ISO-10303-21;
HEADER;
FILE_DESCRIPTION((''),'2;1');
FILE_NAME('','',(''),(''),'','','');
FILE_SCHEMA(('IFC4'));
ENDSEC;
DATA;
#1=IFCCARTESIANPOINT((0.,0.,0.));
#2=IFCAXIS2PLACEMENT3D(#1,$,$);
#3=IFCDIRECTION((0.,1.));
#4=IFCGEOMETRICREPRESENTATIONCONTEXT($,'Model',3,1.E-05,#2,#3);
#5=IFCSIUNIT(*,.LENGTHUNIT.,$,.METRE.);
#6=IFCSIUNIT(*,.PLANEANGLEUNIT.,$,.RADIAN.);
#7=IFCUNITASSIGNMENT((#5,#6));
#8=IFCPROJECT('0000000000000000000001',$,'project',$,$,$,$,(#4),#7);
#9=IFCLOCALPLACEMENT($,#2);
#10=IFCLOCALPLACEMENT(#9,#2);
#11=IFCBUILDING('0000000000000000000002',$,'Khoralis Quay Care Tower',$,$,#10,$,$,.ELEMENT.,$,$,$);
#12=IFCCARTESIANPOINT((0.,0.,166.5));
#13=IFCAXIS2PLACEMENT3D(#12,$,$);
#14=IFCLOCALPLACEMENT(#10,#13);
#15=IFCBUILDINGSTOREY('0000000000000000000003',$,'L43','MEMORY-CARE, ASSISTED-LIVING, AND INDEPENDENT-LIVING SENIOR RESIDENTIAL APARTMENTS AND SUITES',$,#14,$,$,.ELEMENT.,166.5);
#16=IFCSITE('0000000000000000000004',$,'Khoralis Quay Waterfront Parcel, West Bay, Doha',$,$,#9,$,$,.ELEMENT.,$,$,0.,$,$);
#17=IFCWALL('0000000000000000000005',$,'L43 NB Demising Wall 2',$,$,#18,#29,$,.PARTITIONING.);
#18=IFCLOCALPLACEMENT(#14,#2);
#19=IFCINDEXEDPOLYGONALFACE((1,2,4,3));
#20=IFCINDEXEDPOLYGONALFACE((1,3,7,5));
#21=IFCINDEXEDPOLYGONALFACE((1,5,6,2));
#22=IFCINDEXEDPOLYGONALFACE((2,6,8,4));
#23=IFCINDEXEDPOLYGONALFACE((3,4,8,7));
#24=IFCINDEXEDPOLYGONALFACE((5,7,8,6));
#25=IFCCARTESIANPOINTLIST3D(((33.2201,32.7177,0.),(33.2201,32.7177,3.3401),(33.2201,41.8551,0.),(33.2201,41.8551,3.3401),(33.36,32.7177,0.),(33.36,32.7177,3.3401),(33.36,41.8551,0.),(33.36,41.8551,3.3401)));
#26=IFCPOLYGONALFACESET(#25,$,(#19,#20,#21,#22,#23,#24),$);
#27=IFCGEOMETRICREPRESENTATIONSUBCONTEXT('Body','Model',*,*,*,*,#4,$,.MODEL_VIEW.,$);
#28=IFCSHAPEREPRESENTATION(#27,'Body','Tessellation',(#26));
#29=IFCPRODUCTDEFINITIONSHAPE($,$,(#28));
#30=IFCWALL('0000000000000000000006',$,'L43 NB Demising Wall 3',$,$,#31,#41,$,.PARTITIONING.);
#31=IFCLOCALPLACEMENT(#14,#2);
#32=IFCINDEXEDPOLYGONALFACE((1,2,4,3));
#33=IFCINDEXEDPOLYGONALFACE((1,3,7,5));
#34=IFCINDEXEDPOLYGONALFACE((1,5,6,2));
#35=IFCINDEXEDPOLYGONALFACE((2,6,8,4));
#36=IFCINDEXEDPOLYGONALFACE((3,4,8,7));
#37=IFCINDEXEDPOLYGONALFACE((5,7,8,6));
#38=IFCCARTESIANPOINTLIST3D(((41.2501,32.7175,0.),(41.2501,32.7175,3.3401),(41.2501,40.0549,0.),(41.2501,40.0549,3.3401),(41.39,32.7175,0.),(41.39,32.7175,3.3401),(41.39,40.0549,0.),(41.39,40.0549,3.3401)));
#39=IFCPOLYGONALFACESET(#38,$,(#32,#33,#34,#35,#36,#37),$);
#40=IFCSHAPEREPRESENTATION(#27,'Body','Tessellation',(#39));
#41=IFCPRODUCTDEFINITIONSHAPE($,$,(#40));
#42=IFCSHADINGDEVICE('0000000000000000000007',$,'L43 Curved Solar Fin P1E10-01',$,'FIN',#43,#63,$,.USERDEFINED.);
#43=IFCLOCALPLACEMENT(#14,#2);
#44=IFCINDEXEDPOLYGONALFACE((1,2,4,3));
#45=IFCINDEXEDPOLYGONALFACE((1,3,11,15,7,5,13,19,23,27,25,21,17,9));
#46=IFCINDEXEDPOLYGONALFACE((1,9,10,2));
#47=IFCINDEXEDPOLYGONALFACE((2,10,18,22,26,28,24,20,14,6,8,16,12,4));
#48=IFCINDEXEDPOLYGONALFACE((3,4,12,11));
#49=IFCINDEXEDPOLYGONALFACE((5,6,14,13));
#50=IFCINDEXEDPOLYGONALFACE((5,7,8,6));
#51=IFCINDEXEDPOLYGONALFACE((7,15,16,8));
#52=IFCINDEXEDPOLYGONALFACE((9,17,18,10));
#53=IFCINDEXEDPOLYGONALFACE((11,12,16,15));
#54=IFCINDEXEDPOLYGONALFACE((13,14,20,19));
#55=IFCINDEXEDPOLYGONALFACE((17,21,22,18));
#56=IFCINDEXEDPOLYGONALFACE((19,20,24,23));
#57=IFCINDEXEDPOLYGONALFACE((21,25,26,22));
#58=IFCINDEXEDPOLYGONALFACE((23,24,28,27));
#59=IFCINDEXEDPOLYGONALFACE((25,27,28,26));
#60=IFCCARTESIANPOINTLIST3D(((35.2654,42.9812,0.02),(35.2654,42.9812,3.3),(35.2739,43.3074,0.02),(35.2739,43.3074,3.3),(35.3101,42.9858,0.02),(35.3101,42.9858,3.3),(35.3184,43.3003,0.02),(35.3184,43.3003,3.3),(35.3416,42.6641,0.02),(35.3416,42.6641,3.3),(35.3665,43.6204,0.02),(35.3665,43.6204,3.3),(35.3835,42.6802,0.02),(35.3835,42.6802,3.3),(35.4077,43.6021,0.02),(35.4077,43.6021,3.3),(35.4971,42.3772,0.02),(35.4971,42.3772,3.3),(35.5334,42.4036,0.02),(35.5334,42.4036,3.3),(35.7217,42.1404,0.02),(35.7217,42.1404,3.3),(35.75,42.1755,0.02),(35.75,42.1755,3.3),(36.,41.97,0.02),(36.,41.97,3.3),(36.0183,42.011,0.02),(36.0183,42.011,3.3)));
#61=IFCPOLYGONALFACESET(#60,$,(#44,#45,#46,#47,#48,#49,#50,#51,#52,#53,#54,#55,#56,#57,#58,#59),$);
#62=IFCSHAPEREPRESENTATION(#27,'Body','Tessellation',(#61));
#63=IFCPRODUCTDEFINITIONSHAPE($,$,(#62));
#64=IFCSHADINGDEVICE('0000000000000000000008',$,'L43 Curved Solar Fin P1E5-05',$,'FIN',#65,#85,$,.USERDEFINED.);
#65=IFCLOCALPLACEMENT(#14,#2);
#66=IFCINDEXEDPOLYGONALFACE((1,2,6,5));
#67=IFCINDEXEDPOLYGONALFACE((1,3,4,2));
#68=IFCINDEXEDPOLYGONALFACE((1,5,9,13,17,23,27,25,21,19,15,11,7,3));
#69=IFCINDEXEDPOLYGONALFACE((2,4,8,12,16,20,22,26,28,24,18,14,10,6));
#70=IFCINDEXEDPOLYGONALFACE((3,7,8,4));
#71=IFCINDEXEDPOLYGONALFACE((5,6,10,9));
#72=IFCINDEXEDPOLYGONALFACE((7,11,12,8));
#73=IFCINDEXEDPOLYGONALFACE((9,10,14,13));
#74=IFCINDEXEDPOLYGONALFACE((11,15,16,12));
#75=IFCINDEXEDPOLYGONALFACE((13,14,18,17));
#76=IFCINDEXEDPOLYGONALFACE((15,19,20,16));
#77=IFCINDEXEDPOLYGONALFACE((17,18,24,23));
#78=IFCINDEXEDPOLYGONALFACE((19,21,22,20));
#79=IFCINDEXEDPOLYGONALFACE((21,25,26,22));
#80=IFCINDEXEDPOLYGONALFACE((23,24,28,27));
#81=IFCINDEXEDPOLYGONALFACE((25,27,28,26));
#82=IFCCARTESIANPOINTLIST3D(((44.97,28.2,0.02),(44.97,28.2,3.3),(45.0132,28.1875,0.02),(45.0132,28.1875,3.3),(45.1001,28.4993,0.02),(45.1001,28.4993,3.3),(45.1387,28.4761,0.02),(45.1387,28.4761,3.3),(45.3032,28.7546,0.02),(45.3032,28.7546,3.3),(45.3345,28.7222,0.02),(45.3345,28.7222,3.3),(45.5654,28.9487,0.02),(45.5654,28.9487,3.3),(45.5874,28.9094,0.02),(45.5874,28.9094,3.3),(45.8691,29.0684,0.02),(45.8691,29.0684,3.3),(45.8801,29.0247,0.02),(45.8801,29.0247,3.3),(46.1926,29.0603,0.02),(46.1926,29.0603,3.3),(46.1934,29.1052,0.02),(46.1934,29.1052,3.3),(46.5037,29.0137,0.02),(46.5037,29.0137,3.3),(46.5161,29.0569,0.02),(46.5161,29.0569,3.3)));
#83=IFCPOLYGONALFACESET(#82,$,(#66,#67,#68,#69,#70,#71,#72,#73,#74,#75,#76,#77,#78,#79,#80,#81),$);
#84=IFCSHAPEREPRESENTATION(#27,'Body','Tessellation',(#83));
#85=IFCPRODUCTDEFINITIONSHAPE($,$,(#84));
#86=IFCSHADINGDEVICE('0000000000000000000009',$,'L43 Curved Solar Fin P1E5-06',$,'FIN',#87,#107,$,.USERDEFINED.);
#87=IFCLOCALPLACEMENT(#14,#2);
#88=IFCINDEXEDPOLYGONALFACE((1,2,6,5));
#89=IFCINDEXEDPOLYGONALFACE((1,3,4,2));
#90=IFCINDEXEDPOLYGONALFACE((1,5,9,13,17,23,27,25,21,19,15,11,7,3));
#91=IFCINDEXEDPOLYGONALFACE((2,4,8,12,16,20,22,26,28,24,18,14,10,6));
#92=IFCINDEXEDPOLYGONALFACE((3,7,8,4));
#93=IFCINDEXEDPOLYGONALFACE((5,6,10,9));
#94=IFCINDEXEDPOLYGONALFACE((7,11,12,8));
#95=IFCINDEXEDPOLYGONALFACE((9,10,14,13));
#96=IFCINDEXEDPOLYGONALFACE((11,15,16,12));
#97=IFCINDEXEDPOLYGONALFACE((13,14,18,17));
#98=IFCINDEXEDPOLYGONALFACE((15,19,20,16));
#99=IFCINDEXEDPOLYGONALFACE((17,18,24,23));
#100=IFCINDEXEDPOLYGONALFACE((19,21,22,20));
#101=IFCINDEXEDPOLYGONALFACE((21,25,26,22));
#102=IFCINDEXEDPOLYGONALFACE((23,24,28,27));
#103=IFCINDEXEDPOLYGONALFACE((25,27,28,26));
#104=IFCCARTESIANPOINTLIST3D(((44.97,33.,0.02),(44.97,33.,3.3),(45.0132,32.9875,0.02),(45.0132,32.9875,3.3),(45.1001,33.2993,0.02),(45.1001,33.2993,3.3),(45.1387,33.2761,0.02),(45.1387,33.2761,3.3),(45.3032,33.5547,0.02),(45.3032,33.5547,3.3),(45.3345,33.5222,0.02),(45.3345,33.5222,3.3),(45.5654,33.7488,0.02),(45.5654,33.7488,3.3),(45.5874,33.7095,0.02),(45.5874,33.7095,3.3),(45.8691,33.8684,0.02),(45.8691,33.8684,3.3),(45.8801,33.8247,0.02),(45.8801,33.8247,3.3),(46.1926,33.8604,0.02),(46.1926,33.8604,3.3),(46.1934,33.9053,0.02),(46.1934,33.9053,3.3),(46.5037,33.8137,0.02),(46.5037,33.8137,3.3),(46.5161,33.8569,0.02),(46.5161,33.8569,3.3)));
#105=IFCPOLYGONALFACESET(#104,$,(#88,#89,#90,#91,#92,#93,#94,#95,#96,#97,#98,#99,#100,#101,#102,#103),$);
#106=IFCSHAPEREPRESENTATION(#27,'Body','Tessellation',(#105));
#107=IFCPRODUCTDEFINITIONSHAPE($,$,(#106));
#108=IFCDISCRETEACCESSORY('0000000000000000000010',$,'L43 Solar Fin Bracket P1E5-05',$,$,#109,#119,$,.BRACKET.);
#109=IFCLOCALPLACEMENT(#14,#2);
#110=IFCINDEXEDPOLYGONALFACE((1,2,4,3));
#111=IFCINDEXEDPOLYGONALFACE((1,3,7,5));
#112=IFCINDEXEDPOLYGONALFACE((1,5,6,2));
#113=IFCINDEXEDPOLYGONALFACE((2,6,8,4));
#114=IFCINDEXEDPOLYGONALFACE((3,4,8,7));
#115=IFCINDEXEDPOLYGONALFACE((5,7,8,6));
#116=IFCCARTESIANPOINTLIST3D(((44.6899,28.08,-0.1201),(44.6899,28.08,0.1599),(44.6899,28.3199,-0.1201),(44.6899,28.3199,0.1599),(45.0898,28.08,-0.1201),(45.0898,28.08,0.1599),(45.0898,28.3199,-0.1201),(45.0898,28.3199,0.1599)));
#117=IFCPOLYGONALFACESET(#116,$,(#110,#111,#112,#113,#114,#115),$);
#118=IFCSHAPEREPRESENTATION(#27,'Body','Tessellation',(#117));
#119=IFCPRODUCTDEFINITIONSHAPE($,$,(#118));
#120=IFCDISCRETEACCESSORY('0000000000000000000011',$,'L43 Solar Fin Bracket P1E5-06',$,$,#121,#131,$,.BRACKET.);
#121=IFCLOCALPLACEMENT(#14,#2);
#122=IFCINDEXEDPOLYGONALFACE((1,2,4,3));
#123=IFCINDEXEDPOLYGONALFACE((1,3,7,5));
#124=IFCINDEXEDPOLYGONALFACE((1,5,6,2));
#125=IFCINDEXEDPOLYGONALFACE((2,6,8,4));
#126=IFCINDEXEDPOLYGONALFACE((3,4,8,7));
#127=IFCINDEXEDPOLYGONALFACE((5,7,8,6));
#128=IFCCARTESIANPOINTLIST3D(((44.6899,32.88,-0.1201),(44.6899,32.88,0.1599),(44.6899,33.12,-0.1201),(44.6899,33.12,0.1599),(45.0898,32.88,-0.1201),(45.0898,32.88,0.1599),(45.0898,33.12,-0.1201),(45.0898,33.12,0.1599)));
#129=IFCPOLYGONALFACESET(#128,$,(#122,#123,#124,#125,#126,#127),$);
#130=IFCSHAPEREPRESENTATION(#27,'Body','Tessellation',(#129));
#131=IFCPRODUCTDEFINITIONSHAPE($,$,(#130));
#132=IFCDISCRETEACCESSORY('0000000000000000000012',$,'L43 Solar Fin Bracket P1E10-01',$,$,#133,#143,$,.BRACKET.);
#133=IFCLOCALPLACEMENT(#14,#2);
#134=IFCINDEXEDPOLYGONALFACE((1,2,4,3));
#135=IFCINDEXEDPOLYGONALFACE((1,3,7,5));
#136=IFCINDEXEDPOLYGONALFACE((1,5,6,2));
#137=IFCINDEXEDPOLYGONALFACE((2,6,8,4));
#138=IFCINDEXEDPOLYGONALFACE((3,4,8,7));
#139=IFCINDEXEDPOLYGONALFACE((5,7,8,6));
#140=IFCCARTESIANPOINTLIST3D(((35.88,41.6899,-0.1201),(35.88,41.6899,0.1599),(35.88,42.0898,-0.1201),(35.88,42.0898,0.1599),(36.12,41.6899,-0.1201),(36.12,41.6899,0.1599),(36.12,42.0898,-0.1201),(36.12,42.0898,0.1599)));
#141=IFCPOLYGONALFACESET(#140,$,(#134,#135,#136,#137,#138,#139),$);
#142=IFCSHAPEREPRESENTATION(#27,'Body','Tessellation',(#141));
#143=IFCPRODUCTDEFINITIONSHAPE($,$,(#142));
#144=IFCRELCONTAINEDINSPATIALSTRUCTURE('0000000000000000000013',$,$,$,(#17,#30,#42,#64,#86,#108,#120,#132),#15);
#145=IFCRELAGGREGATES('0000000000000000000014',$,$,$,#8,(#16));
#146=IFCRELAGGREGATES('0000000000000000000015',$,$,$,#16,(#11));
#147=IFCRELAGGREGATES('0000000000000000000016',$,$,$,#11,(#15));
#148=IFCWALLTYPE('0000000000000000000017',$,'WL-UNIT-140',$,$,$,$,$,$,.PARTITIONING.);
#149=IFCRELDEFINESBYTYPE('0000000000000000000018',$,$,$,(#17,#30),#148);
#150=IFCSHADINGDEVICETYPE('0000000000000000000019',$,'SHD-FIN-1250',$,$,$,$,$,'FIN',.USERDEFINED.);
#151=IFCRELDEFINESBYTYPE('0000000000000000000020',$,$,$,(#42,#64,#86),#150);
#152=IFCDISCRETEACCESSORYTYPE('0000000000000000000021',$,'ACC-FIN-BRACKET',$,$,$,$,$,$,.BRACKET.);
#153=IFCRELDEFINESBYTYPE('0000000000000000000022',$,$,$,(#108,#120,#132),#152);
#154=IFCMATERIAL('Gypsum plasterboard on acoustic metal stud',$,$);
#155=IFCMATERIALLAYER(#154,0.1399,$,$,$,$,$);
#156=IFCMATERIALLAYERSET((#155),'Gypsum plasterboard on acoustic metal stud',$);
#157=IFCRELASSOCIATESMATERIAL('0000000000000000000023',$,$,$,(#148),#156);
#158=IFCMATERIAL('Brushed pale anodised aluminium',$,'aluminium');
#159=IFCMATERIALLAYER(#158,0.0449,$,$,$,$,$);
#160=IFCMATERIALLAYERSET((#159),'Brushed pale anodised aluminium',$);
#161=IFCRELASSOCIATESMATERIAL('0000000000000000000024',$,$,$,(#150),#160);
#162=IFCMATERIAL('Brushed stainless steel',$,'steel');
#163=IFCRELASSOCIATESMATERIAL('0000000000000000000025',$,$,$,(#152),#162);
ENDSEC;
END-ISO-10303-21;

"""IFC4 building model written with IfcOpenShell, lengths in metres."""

from ifc_helpers import new_model, si_unit, direction, frame, frame_2d, origin, origin_2d, place, context, subcontext, project, spatial, polyline, rectangle, outline, extrude, source, transform, mapped, material, layer, layer_set, type_object, element, save


model = new_model("IFC4")

# Units and contexts
model_context = context("Model", 3, precision=1e-05, world=origin(), true_north=direction((0.0, 1.0)))
body_context = subcontext(model_context, "Body", "Model", "MODEL_VIEW")
ifc_project = project(units=[si_unit("LENGTHUNIT", "METRE"), si_unit("PLANEANGLEUNIT", "RADIAN")], contexts=[model_context])

# Site, building, storey
site_placement = place(None, origin())
site = spatial("IfcSite", under=ifc_project, at=site_placement, Name="Khoralis Quay Waterfront Parcel, West Bay, Doha", CompositionType="ELEMENT", RefElevation=0.0)
building_placement = place(site_placement, origin())
building = spatial("IfcBuilding", under=site, at=building_placement, Name="Khoralis Quay Care Tower", CompositionType="ELEMENT")
storey_placement = place(building_placement, frame((0.0, 0.0, 166.5)))
storey = spatial("IfcBuildingStorey", under=building, at=storey_placement, Name="L43", Description="MEMORY-CARE, ASSISTED-LIVING, AND INDEPENDENT-LIVING SENIOR RESIDENTIAL APARTMENTS AND SUITES", CompositionType="ELEMENT", Elevation=166.5)

# Shared definitions
ifc_material_1 = material(Name="Gypsum plasterboard on acoustic metal stud")

# Walls
ifc_layer_1 = layer(ifc_material_1, 0.1399)
ifc_layer_set_1 = layer_set([ifc_layer_1], Name="Gypsum plasterboard on acoustic metal stud")
wall_type_1 = type_object("IfcWallType", Name="WL-UNIT-140", PredefinedType="PARTITIONING", material=ifc_layer_set_1)
wall_1_placement = place(storey_placement, frame((33.29, 32.7175, 0.0), z_axis=(0.0, 0.0, 1.0), x_axis=(0.0, 1.0, 0.0)))
element("IfcWall", 1, at=wall_1_placement, inside=storey, type_object=wall_type_1, Name="L43 NB Demising Wall 2", PredefinedType="PARTITIONING", context=body_context, shape_type="SweptSolid", body=[
    extrude(rectangle(XDim=9.1375, YDim=0.1399, at=frame_2d((4.5688, 0.0))), origin(), (0.0, 0.0, 1.0), 3.3401),
])
wall_2_placement = place(storey_placement, frame((41.3201, 32.7175, 0.0), z_axis=(0.0, 0.0, 1.0), x_axis=(0.0, 1.0, 0.0)))
element("IfcWall", 2, at=wall_2_placement, inside=storey, type_object=wall_type_1, Name="L43 NB Demising Wall 3", PredefinedType="PARTITIONING", context=body_context, shape_type="SweptSolid", body=[
    extrude(rectangle(XDim=7.3374, YDim=0.1399, at=frame_2d((3.6687, 0.0))), origin(), (0.0, 0.0, 1.0), 3.3401),
])

# Shading devices
ifc_material_2 = material(Name="Brushed pale anodised aluminium", Category="aluminium")
ifc_layer_2 = layer(ifc_material_2, 0.0449)
ifc_layer_set_2 = layer_set([ifc_layer_2], Name="Brushed pale anodised aluminium")
shading_device_type = type_object("IfcShadingDeviceType", Name="SHD-FIN-1250", ElementType="FIN", PredefinedType="USERDEFINED", material=ifc_layer_set_2)
shared_shape_1 = source(origin(), body_context, "Body", "SweptSolid", [
    extrude(outline(polyline([(0.0, 0.0), (0.1704, 0.2783), (0.4072, 0.5029), (0.6941, 0.6584), (1.0112, 0.7346), (1.3374, 0.7261), (1.6504, 0.6335), (1.6321, 0.5923), (1.3303, 0.6816), (1.0159, 0.6899), (0.7102, 0.6165), (0.4336, 0.4666), (0.2056, 0.25), (0.041, -0.0183), (0.0, 0.0)])), origin(), (0.0, 0.0, 1.0), 3.28),
])
shading_device_placement = place(storey_placement, frame((36.0, 41.97, 0.02), z_axis=(0.0, 0.0, 1.0), x_axis=(0.0, 1.0, 0.0)))
element("IfcShadingDevice", 3, at=shading_device_placement, inside=storey, type_object=shading_device_type, Name="L43 Curved Solar Fin P1E10-01", ObjectType="FIN", PredefinedType="USERDEFINED", context=body_context, shape_type="MappedRepresentation", body=[
    mapped(shared_shape_1, transform((0.0, 0.0, 0.0), scale=1.0)),
])
shared_shape_2 = source(origin(), body_context, "Body", "SweptSolid", [
    extrude(outline(polyline([(0.0, 0.0), (0.1301, 0.2993), (0.3333, 0.5547), (0.5955, 0.7488), (0.8992, 0.8684), (1.2234, 0.9053), (1.5461, 0.8569), (1.5337, 0.8137), (1.2227, 0.8604), (0.9102, 0.8247), (0.6174, 0.7095), (0.3645, 0.5222), (0.1687, 0.2761), (0.0432, -0.0125), (0.0, 0.0)])), origin(), (0.0, 0.0, 1.0), 3.28),
])
for number, where, z_axis, x_axis, name in (
    (4, (44.97, 28.2, 0.02), (0.0, 0.0, 1.0), (1.0, 0.0, 0.0), "L43 Curved Solar Fin P1E5-05"),
    (5, (44.97, 33.0, 0.02), (0.0, 0.0, 1.0), (1.0, 0.0, 0.0), "L43 Curved Solar Fin P1E5-06"),
):
    element("IfcShadingDevice", number, at=place(storey_placement, frame(where, z_axis=z_axis, x_axis=x_axis)), inside=storey, type_object=shading_device_type, Name=name, ObjectType="FIN", PredefinedType="USERDEFINED", context=body_context, shape_type="MappedRepresentation", body=[
        mapped(shared_shape_2, transform((0.0, 0.0, 0.0), scale=1.0)),
    ])

# Discrete accessories
ifc_material_3 = material(Name="Brushed stainless steel", Category="steel")
discrete_accessory_type = type_object("IfcDiscreteAccessoryType", Name="ACC-FIN-BRACKET", PredefinedType="BRACKET", material=ifc_material_3)
shared_shape_3 = source(origin(), body_context, "Body", "SweptSolid", [
    extrude(rectangle(XDim=0.3999, YDim=0.24, at=origin_2d()), origin(), (0.0, 0.0, 1.0), 0.28),
])
for number, where, z_axis, x_axis, name in (
    (6, (44.8899, 28.2, -0.1201), (0.0, 0.0, 1.0), (1.0, 0.0, 0.0), "L43 Solar Fin Bracket P1E5-05"),
    (7, (44.8899, 33.0, -0.1201), (0.0, 0.0, 1.0), (1.0, 0.0, 0.0), "L43 Solar Fin Bracket P1E5-06"),
    (8, (36.0, 41.8899, -0.1201), (0.0, 0.0, 1.0), (0.0, 1.0, 0.0), "L43 Solar Fin Bracket P1E10-01"),
):
    element("IfcDiscreteAccessory", number, at=place(storey_placement, frame(where, z_axis=z_axis, x_axis=x_axis)), inside=storey, type_object=discrete_accessory_type, Name=name, PredefinedType="BRACKET", context=body_context, shape_type="MappedRepresentation", body=[
        mapped(shared_shape_3, transform((0.0, 0.0, 0.0), scale=1.0)),
    ])

save(model, "model.ifc")
